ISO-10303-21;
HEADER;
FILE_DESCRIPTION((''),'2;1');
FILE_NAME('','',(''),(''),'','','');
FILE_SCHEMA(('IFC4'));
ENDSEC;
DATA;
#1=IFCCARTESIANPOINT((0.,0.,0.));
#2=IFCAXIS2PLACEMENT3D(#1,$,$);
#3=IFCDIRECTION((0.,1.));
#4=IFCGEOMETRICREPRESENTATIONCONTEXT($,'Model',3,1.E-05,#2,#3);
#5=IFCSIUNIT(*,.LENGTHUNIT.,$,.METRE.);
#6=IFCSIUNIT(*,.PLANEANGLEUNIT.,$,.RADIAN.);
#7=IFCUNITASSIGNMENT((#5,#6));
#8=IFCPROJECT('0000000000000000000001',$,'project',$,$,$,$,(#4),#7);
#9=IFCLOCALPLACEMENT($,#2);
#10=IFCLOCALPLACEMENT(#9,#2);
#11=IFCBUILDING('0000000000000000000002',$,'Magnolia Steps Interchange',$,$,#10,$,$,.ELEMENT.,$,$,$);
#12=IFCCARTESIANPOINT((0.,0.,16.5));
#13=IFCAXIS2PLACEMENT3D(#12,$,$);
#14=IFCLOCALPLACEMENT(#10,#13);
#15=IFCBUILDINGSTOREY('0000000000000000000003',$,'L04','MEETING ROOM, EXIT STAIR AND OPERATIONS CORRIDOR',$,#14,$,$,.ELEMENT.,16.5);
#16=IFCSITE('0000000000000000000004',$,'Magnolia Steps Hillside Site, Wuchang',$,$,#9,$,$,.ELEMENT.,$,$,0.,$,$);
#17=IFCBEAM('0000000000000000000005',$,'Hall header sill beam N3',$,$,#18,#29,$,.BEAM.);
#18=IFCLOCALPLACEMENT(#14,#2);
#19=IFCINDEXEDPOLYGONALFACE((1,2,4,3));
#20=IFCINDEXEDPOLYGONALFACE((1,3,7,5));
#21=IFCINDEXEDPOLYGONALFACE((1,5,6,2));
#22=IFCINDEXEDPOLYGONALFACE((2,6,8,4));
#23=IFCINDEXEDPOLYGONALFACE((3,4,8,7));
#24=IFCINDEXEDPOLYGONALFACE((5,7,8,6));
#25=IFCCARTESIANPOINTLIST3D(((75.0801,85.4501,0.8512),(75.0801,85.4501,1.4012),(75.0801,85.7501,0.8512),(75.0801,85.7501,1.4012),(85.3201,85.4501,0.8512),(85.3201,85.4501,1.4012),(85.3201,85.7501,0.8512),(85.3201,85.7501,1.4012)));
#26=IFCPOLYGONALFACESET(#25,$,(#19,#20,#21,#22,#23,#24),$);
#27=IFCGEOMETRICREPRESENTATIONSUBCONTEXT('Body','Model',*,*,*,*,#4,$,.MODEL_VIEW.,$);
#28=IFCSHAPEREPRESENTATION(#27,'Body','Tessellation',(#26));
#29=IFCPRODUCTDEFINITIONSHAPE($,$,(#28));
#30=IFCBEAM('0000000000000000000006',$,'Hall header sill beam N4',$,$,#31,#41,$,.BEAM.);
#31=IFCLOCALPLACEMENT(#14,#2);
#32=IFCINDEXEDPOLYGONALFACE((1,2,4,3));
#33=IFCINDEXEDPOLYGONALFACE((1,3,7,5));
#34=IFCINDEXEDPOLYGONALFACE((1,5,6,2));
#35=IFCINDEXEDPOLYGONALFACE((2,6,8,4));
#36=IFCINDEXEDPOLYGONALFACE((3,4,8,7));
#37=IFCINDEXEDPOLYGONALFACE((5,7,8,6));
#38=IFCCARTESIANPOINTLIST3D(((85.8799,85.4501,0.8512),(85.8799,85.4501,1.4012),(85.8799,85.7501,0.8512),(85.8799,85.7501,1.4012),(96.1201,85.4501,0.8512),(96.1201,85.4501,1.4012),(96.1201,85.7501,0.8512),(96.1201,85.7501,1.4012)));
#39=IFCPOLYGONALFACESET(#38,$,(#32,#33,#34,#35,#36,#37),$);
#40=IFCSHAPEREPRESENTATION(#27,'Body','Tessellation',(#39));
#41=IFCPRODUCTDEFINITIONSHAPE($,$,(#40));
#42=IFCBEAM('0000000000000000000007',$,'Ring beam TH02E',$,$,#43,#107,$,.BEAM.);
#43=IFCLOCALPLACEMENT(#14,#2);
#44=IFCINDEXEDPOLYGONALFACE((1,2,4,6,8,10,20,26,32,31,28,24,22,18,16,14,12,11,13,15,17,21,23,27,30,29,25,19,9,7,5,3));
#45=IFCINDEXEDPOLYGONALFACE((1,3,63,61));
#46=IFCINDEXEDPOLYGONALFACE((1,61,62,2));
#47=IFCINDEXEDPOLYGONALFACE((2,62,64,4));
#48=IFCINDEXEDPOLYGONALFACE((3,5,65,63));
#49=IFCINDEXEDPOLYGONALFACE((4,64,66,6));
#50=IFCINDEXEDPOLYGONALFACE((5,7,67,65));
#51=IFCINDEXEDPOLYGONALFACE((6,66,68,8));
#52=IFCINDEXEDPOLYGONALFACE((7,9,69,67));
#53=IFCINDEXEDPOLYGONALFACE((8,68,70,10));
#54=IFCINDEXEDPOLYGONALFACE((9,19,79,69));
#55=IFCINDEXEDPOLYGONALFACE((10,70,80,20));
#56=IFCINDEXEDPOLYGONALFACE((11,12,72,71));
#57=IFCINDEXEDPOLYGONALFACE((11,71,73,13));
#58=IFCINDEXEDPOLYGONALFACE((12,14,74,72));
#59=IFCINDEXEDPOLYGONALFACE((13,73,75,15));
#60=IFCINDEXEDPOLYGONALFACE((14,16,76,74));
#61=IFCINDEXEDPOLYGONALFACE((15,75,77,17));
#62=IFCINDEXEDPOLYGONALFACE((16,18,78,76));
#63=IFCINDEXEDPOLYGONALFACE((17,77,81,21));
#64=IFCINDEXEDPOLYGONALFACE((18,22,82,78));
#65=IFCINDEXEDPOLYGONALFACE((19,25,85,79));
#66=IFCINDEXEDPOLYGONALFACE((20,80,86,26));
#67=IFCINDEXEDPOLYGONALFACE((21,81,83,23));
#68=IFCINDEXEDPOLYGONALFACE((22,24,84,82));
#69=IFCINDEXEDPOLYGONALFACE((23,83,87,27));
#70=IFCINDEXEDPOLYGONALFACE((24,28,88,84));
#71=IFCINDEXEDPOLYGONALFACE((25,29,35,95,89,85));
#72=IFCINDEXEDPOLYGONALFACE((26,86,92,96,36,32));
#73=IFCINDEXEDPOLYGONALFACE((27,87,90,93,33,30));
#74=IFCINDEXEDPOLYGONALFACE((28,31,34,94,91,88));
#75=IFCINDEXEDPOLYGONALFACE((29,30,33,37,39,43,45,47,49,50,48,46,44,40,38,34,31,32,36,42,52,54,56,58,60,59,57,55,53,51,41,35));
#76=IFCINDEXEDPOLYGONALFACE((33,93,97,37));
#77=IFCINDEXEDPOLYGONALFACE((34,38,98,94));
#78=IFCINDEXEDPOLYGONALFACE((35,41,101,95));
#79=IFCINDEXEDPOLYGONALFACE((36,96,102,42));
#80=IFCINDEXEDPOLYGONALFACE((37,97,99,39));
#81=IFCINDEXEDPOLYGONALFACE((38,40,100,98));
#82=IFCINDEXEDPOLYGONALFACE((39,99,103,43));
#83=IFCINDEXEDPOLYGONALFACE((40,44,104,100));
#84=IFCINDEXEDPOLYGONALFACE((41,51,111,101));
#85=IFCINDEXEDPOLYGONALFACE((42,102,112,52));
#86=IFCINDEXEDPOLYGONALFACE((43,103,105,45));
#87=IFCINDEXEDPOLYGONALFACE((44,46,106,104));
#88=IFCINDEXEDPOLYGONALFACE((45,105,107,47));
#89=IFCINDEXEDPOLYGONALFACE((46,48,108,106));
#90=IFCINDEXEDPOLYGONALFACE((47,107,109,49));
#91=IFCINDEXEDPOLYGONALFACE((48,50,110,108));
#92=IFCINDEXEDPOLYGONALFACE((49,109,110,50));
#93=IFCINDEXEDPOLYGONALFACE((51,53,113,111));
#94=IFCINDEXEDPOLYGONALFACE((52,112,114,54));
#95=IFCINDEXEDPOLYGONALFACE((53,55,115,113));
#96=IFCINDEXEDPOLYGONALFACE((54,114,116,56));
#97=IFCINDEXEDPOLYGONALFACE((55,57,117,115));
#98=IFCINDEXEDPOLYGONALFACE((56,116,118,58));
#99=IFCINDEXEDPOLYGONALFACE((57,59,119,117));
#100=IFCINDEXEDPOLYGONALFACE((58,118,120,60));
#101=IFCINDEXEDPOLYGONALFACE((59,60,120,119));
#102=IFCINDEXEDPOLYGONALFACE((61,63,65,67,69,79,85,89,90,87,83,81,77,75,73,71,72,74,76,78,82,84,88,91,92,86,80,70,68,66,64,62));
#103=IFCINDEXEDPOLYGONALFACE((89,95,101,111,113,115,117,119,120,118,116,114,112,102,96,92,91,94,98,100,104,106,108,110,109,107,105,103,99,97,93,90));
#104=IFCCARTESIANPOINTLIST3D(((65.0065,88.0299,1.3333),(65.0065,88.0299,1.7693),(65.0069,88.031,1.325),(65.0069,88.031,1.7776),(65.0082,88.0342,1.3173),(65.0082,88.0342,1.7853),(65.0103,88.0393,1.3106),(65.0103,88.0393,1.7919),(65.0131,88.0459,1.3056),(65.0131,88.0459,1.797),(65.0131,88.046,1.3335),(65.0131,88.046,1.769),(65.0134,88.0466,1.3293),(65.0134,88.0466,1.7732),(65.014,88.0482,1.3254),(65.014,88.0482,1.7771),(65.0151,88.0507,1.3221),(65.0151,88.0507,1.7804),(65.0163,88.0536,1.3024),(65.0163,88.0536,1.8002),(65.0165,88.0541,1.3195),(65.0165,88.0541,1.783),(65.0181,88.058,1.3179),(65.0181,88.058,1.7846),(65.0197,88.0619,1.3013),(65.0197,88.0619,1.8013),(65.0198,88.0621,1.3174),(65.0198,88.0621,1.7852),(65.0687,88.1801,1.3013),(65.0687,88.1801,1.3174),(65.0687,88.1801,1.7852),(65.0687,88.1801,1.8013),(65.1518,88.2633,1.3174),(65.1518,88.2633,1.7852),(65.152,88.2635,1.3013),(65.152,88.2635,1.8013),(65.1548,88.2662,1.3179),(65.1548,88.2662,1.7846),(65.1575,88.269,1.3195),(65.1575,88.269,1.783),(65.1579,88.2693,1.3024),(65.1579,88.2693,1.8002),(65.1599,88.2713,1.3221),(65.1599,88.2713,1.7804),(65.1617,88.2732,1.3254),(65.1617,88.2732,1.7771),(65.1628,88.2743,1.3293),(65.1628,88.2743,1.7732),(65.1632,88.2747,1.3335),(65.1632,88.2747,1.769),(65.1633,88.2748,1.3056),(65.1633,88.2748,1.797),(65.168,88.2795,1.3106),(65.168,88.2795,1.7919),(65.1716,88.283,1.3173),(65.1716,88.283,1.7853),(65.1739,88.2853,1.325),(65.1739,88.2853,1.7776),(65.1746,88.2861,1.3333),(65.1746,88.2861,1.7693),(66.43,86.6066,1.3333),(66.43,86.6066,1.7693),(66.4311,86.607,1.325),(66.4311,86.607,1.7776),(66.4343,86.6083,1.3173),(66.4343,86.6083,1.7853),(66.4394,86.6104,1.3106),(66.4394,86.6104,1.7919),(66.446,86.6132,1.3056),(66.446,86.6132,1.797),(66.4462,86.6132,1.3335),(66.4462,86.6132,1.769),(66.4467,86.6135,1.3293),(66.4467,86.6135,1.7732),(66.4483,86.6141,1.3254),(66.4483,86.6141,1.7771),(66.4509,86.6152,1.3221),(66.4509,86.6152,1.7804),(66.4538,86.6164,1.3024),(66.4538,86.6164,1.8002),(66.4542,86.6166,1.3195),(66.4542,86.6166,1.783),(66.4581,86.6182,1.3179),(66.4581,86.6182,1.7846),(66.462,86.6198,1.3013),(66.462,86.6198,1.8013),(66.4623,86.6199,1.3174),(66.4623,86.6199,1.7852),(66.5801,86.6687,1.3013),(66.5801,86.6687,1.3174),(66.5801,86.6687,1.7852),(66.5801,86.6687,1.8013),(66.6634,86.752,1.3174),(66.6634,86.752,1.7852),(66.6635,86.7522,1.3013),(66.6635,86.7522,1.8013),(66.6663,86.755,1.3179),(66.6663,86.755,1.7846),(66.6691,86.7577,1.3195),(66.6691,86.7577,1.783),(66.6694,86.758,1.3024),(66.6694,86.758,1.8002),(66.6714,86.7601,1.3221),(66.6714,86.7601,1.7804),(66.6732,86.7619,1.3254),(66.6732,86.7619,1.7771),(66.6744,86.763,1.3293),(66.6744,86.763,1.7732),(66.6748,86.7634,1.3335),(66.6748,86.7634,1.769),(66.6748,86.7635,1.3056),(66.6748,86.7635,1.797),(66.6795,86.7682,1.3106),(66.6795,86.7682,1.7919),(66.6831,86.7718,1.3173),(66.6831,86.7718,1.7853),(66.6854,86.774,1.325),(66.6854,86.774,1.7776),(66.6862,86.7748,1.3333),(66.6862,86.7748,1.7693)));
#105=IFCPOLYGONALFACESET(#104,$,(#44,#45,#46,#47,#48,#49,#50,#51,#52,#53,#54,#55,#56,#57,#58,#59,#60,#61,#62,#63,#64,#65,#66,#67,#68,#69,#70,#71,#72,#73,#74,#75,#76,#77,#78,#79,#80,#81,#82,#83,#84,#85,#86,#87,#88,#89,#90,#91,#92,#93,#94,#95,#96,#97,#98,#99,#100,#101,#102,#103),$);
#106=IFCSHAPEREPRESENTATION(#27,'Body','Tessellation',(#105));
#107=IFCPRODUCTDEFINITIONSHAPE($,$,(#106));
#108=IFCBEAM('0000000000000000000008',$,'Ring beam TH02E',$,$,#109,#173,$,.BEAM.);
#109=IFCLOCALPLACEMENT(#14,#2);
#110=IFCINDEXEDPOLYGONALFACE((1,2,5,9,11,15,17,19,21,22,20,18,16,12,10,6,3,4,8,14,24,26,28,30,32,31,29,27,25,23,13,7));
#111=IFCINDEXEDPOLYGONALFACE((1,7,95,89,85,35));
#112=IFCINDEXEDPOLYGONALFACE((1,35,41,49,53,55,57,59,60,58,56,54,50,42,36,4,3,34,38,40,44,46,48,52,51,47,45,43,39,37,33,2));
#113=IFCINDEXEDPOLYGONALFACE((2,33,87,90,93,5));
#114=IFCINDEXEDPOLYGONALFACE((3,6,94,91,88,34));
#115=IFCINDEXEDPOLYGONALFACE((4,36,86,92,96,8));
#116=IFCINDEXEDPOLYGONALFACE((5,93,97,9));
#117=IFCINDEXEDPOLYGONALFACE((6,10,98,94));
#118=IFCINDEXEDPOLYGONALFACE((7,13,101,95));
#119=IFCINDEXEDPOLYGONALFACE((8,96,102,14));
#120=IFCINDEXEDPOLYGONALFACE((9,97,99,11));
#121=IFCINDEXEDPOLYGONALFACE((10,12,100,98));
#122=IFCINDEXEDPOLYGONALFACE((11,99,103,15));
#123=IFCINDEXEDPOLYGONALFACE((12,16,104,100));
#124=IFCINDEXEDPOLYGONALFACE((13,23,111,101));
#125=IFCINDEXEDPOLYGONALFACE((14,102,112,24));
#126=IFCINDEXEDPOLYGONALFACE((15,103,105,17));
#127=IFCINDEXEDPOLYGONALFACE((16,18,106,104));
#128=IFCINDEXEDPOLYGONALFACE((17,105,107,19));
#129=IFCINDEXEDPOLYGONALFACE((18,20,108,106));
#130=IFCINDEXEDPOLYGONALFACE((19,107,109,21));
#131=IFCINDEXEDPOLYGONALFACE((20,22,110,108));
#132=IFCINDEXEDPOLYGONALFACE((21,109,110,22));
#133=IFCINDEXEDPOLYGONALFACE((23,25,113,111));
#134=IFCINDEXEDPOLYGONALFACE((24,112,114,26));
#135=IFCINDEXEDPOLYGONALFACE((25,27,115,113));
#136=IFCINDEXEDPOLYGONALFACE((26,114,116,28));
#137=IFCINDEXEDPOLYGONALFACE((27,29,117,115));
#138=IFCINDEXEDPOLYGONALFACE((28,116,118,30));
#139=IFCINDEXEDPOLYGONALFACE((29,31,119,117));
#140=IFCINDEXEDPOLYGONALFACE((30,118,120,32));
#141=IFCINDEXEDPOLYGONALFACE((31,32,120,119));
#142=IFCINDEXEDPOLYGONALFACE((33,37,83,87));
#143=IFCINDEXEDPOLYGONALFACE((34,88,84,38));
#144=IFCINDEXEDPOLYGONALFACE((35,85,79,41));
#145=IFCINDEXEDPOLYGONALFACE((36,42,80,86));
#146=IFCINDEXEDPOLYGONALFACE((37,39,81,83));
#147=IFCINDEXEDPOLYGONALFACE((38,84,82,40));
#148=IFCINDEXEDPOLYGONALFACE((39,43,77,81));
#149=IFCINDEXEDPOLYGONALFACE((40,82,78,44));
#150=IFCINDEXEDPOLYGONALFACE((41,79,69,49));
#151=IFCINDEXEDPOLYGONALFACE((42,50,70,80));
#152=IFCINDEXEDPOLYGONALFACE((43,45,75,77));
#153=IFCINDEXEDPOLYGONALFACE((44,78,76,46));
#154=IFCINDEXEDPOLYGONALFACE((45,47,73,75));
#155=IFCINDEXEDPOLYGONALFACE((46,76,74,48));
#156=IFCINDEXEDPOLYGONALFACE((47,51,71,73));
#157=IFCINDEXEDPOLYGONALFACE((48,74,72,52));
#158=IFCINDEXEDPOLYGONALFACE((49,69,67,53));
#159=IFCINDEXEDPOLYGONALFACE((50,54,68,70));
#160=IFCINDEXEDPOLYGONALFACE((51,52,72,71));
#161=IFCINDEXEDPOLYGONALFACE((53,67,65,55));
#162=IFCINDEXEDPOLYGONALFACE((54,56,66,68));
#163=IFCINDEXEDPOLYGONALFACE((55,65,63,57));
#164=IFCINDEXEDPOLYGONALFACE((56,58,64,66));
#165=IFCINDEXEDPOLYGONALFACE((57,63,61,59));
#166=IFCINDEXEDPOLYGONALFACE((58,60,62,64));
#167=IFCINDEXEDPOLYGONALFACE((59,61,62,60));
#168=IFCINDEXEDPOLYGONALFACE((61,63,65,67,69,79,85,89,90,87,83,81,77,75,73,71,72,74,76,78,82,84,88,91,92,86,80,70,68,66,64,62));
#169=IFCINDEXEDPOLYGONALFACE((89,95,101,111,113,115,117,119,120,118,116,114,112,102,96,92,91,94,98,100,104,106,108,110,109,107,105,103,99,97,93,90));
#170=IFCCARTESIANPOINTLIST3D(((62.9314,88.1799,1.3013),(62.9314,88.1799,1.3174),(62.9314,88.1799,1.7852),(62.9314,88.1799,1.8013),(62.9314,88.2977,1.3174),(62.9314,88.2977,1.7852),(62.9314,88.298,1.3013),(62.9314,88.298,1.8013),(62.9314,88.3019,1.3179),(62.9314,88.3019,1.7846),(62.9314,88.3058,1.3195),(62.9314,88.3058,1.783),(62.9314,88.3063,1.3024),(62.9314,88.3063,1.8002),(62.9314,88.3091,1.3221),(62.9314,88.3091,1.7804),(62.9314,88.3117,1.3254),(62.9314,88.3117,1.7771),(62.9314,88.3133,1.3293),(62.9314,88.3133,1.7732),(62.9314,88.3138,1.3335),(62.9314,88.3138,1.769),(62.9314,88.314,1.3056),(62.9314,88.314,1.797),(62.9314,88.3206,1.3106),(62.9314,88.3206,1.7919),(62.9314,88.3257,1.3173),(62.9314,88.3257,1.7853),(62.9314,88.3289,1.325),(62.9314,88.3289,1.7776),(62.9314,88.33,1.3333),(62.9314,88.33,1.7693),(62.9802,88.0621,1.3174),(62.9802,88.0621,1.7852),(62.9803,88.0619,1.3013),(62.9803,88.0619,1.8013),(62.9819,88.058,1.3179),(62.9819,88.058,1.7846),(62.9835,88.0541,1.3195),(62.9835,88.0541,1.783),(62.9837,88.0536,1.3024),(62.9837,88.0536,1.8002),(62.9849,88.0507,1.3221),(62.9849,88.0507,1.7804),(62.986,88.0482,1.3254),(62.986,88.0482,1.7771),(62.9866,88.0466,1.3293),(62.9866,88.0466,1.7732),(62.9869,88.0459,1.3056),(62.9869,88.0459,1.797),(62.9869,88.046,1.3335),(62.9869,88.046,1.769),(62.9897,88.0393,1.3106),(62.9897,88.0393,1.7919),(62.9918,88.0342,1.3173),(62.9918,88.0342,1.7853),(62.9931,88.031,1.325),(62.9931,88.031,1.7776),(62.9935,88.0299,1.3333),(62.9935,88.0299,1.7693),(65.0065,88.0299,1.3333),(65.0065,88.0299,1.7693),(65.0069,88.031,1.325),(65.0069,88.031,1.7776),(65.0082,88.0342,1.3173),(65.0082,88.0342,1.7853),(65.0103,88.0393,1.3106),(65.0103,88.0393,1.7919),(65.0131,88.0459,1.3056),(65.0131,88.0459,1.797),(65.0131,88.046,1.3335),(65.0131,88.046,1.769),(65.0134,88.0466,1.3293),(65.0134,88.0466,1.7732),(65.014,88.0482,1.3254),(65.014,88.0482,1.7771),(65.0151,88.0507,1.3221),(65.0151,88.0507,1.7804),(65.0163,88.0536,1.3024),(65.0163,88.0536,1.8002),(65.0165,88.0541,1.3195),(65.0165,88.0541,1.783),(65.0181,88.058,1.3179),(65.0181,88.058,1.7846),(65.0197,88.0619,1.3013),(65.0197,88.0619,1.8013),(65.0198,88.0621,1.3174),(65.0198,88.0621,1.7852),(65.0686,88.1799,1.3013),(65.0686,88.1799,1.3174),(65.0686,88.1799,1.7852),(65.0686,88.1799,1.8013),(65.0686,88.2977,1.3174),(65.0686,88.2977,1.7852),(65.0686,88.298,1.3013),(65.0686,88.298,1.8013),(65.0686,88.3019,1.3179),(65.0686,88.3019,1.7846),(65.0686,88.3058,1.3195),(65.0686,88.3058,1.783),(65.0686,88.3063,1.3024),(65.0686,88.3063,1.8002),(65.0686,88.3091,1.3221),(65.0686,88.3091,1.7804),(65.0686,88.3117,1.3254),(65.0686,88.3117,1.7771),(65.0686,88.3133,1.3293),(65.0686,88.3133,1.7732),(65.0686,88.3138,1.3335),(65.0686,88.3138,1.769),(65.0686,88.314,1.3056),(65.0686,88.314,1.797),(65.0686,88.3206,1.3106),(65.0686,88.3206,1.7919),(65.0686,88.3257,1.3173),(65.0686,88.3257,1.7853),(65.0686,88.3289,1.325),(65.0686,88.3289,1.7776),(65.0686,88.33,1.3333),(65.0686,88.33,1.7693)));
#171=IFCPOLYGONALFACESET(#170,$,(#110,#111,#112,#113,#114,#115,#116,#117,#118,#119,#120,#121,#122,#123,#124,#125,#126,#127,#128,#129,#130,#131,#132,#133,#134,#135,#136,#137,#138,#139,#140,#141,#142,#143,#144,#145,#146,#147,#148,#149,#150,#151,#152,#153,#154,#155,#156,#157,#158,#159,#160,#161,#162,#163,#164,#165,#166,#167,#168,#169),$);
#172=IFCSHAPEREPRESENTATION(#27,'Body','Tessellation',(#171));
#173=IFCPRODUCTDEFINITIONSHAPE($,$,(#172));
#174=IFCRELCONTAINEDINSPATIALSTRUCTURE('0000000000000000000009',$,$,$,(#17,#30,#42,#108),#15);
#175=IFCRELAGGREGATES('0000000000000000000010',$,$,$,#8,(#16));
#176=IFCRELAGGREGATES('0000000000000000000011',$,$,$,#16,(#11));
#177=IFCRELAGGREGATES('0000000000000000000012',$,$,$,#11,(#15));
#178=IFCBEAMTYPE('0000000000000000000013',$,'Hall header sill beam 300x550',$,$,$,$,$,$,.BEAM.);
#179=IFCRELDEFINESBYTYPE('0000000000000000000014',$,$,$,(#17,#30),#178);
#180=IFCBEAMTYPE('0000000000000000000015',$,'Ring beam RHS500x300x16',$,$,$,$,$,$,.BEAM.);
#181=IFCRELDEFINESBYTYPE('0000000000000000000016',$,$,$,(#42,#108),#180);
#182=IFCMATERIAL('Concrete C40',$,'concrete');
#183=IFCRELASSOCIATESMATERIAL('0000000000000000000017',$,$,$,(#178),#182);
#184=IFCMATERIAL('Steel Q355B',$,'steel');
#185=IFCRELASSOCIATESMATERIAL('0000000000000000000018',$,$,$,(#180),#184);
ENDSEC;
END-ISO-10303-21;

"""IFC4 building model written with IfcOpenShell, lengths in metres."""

from ifc_helpers import new_model, si_unit, direction, frame, origin, origin_2d, place, context, subcontext, project, spatial, rectangle, hollow_rectangle, extrude, clip, halfspace, material, material_profile, profile_set, type_object, element, save


model = new_model("IFC4")

# Units and contexts
model_context = context("Model", 3, precision=1e-05, world=origin(), true_north=direction((0.0, 1.0)))
body_context = subcontext(model_context, "Body", "Model", "MODEL_VIEW")
ifc_project = project(units=[si_unit("LENGTHUNIT", "METRE"), si_unit("PLANEANGLEUNIT", "RADIAN")], contexts=[model_context])

# Site, building, storey
site_placement = place(None, origin())
site = spatial("IfcSite", under=ifc_project, at=site_placement, Name="Magnolia Steps Hillside Site, Wuchang", CompositionType="ELEMENT", RefElevation=0.0)
building_placement = place(site_placement, origin())
building = spatial("IfcBuilding", under=site, at=building_placement, Name="Magnolia Steps Interchange", CompositionType="ELEMENT")
storey_placement = place(building_placement, frame((0.0, 0.0, 16.5)))
storey = spatial("IfcBuildingStorey", under=building, at=storey_placement, Name="L04", Description="MEETING ROOM, EXIT STAIR AND OPERATIONS CORRIDOR", CompositionType="ELEMENT", Elevation=16.5)

# Beams
ifc_material_1 = material(Name="Concrete C40", Category="concrete")
ifc_material_profile_1 = material_profile(ifc_material_1, rectangle(XDim=0.3, YDim=0.55, at=origin_2d()), Name="RC300x550")
ifc_profile_set_1 = profile_set([ifc_material_profile_1], Name="Concrete C40")
beam_type_1 = type_object("IfcBeamType", Name="Hall header sill beam 300x550", PredefinedType="BEAM", material=ifc_profile_set_1)
beam_1_placement = place(storey_placement, frame((75.0801, 85.6001, 1.1262), z_axis=(1.0, 0.0, 0.0), x_axis=(0.0, 1.0, 0.0)))
element("IfcBeam", 1, at=beam_1_placement, inside=storey, type_object=beam_type_1, Name="Hall header sill beam N3", PredefinedType="BEAM", context=body_context, shape_type="SweptSolid", body=[
    extrude(rectangle(XDim=0.3, YDim=0.55, at=origin_2d()), origin(), (0.0, 0.0, 1.0), 10.24),
])
beam_2_placement = place(storey_placement, frame((85.8799, 85.6001, 1.1262), z_axis=(1.0, 0.0, 0.0), x_axis=(0.0, 1.0, 0.0)))
element("IfcBeam", 2, at=beam_2_placement, inside=storey, type_object=beam_type_1, Name="Hall header sill beam N4", PredefinedType="BEAM", context=body_context, shape_type="SweptSolid", body=[
    extrude(rectangle(XDim=0.3, YDim=0.55, at=origin_2d()), origin(), (0.0, 0.0, 1.0), 10.2402),
])
ifc_material_2 = material(Name="Steel Q355B", Category="steel")
ifc_material_profile_2 = material_profile(ifc_material_2, hollow_rectangle(XDim=0.3, YDim=0.5, WallThickness=0.0161, InnerFilletRadius=0.0161, OuterFilletRadius=0.032, at=origin_2d()), Name="RHS500x300x16")
ifc_profile_set_2 = profile_set([ifc_material_profile_2], Name="Steel Q355B")
beam_type_2 = type_object("IfcBeamType", Name="Ring beam RHS500x300x16", PredefinedType="BEAM", material=ifc_profile_set_2)
beam_3_placement = place(storey_placement, frame((66.5801, 86.6687, 1.5513), z_axis=(-0.707164, 0.70705, 0.0), x_axis=(-0.70705, -0.707164, 0.0)))
element("IfcBeam", 3, at=beam_3_placement, inside=storey, type_object=beam_type_2, Name="Ring beam TH02E", PredefinedType="BEAM", context=body_context, shape_type="Clipping", body=[
    clip(clip(extrude(hollow_rectangle(XDim=0.3, YDim=0.5, WallThickness=0.0161, InnerFilletRadius=0.0161, OuterFilletRadius=0.032, at=origin_2d()), origin(), (0.0, 0.0, 1.0), 2.1375), halfspace(frame((0.0, 0.0, 0.0), z_axis=(0.382758, 0.0, -0.923849), x_axis=(0.923849, 0.0, 0.382758)), False)), halfspace(frame((0.0, 0.0, 2.1374), z_axis=(0.382609, 0.0, 0.92391), x_axis=(0.92391, 0.0, -0.382609)), False)),
])
beam_4_placement = place(storey_placement, frame((65.0686, 88.1799, 1.5513), z_axis=(-1.0, 0.0, 0.0), x_axis=(0.0, -1.0, 0.0)))
element("IfcBeam", 4, at=beam_4_placement, inside=storey, type_object=beam_type_2, Name="Ring beam TH02E", PredefinedType="BEAM", context=body_context, shape_type="Clipping", body=[
    clip(clip(extrude(hollow_rectangle(XDim=0.3, YDim=0.5, WallThickness=0.0161, InnerFilletRadius=0.0161, OuterFilletRadius=0.032, at=origin_2d()), origin(), (0.0, 0.0, 1.0), 2.1372), halfspace(frame((0.0, 0.0, 0.0), z_axis=(0.382683, 0.0, -0.92388), x_axis=(0.92388, 0.0, 0.382683)), False)), halfspace(frame((0.0, 0.0, 2.1372), z_axis=(0.382683, 0.0, 0.92388), x_axis=(0.92388, 0.0, -0.382683)), False)),
])

save(model, "model.ifc")
